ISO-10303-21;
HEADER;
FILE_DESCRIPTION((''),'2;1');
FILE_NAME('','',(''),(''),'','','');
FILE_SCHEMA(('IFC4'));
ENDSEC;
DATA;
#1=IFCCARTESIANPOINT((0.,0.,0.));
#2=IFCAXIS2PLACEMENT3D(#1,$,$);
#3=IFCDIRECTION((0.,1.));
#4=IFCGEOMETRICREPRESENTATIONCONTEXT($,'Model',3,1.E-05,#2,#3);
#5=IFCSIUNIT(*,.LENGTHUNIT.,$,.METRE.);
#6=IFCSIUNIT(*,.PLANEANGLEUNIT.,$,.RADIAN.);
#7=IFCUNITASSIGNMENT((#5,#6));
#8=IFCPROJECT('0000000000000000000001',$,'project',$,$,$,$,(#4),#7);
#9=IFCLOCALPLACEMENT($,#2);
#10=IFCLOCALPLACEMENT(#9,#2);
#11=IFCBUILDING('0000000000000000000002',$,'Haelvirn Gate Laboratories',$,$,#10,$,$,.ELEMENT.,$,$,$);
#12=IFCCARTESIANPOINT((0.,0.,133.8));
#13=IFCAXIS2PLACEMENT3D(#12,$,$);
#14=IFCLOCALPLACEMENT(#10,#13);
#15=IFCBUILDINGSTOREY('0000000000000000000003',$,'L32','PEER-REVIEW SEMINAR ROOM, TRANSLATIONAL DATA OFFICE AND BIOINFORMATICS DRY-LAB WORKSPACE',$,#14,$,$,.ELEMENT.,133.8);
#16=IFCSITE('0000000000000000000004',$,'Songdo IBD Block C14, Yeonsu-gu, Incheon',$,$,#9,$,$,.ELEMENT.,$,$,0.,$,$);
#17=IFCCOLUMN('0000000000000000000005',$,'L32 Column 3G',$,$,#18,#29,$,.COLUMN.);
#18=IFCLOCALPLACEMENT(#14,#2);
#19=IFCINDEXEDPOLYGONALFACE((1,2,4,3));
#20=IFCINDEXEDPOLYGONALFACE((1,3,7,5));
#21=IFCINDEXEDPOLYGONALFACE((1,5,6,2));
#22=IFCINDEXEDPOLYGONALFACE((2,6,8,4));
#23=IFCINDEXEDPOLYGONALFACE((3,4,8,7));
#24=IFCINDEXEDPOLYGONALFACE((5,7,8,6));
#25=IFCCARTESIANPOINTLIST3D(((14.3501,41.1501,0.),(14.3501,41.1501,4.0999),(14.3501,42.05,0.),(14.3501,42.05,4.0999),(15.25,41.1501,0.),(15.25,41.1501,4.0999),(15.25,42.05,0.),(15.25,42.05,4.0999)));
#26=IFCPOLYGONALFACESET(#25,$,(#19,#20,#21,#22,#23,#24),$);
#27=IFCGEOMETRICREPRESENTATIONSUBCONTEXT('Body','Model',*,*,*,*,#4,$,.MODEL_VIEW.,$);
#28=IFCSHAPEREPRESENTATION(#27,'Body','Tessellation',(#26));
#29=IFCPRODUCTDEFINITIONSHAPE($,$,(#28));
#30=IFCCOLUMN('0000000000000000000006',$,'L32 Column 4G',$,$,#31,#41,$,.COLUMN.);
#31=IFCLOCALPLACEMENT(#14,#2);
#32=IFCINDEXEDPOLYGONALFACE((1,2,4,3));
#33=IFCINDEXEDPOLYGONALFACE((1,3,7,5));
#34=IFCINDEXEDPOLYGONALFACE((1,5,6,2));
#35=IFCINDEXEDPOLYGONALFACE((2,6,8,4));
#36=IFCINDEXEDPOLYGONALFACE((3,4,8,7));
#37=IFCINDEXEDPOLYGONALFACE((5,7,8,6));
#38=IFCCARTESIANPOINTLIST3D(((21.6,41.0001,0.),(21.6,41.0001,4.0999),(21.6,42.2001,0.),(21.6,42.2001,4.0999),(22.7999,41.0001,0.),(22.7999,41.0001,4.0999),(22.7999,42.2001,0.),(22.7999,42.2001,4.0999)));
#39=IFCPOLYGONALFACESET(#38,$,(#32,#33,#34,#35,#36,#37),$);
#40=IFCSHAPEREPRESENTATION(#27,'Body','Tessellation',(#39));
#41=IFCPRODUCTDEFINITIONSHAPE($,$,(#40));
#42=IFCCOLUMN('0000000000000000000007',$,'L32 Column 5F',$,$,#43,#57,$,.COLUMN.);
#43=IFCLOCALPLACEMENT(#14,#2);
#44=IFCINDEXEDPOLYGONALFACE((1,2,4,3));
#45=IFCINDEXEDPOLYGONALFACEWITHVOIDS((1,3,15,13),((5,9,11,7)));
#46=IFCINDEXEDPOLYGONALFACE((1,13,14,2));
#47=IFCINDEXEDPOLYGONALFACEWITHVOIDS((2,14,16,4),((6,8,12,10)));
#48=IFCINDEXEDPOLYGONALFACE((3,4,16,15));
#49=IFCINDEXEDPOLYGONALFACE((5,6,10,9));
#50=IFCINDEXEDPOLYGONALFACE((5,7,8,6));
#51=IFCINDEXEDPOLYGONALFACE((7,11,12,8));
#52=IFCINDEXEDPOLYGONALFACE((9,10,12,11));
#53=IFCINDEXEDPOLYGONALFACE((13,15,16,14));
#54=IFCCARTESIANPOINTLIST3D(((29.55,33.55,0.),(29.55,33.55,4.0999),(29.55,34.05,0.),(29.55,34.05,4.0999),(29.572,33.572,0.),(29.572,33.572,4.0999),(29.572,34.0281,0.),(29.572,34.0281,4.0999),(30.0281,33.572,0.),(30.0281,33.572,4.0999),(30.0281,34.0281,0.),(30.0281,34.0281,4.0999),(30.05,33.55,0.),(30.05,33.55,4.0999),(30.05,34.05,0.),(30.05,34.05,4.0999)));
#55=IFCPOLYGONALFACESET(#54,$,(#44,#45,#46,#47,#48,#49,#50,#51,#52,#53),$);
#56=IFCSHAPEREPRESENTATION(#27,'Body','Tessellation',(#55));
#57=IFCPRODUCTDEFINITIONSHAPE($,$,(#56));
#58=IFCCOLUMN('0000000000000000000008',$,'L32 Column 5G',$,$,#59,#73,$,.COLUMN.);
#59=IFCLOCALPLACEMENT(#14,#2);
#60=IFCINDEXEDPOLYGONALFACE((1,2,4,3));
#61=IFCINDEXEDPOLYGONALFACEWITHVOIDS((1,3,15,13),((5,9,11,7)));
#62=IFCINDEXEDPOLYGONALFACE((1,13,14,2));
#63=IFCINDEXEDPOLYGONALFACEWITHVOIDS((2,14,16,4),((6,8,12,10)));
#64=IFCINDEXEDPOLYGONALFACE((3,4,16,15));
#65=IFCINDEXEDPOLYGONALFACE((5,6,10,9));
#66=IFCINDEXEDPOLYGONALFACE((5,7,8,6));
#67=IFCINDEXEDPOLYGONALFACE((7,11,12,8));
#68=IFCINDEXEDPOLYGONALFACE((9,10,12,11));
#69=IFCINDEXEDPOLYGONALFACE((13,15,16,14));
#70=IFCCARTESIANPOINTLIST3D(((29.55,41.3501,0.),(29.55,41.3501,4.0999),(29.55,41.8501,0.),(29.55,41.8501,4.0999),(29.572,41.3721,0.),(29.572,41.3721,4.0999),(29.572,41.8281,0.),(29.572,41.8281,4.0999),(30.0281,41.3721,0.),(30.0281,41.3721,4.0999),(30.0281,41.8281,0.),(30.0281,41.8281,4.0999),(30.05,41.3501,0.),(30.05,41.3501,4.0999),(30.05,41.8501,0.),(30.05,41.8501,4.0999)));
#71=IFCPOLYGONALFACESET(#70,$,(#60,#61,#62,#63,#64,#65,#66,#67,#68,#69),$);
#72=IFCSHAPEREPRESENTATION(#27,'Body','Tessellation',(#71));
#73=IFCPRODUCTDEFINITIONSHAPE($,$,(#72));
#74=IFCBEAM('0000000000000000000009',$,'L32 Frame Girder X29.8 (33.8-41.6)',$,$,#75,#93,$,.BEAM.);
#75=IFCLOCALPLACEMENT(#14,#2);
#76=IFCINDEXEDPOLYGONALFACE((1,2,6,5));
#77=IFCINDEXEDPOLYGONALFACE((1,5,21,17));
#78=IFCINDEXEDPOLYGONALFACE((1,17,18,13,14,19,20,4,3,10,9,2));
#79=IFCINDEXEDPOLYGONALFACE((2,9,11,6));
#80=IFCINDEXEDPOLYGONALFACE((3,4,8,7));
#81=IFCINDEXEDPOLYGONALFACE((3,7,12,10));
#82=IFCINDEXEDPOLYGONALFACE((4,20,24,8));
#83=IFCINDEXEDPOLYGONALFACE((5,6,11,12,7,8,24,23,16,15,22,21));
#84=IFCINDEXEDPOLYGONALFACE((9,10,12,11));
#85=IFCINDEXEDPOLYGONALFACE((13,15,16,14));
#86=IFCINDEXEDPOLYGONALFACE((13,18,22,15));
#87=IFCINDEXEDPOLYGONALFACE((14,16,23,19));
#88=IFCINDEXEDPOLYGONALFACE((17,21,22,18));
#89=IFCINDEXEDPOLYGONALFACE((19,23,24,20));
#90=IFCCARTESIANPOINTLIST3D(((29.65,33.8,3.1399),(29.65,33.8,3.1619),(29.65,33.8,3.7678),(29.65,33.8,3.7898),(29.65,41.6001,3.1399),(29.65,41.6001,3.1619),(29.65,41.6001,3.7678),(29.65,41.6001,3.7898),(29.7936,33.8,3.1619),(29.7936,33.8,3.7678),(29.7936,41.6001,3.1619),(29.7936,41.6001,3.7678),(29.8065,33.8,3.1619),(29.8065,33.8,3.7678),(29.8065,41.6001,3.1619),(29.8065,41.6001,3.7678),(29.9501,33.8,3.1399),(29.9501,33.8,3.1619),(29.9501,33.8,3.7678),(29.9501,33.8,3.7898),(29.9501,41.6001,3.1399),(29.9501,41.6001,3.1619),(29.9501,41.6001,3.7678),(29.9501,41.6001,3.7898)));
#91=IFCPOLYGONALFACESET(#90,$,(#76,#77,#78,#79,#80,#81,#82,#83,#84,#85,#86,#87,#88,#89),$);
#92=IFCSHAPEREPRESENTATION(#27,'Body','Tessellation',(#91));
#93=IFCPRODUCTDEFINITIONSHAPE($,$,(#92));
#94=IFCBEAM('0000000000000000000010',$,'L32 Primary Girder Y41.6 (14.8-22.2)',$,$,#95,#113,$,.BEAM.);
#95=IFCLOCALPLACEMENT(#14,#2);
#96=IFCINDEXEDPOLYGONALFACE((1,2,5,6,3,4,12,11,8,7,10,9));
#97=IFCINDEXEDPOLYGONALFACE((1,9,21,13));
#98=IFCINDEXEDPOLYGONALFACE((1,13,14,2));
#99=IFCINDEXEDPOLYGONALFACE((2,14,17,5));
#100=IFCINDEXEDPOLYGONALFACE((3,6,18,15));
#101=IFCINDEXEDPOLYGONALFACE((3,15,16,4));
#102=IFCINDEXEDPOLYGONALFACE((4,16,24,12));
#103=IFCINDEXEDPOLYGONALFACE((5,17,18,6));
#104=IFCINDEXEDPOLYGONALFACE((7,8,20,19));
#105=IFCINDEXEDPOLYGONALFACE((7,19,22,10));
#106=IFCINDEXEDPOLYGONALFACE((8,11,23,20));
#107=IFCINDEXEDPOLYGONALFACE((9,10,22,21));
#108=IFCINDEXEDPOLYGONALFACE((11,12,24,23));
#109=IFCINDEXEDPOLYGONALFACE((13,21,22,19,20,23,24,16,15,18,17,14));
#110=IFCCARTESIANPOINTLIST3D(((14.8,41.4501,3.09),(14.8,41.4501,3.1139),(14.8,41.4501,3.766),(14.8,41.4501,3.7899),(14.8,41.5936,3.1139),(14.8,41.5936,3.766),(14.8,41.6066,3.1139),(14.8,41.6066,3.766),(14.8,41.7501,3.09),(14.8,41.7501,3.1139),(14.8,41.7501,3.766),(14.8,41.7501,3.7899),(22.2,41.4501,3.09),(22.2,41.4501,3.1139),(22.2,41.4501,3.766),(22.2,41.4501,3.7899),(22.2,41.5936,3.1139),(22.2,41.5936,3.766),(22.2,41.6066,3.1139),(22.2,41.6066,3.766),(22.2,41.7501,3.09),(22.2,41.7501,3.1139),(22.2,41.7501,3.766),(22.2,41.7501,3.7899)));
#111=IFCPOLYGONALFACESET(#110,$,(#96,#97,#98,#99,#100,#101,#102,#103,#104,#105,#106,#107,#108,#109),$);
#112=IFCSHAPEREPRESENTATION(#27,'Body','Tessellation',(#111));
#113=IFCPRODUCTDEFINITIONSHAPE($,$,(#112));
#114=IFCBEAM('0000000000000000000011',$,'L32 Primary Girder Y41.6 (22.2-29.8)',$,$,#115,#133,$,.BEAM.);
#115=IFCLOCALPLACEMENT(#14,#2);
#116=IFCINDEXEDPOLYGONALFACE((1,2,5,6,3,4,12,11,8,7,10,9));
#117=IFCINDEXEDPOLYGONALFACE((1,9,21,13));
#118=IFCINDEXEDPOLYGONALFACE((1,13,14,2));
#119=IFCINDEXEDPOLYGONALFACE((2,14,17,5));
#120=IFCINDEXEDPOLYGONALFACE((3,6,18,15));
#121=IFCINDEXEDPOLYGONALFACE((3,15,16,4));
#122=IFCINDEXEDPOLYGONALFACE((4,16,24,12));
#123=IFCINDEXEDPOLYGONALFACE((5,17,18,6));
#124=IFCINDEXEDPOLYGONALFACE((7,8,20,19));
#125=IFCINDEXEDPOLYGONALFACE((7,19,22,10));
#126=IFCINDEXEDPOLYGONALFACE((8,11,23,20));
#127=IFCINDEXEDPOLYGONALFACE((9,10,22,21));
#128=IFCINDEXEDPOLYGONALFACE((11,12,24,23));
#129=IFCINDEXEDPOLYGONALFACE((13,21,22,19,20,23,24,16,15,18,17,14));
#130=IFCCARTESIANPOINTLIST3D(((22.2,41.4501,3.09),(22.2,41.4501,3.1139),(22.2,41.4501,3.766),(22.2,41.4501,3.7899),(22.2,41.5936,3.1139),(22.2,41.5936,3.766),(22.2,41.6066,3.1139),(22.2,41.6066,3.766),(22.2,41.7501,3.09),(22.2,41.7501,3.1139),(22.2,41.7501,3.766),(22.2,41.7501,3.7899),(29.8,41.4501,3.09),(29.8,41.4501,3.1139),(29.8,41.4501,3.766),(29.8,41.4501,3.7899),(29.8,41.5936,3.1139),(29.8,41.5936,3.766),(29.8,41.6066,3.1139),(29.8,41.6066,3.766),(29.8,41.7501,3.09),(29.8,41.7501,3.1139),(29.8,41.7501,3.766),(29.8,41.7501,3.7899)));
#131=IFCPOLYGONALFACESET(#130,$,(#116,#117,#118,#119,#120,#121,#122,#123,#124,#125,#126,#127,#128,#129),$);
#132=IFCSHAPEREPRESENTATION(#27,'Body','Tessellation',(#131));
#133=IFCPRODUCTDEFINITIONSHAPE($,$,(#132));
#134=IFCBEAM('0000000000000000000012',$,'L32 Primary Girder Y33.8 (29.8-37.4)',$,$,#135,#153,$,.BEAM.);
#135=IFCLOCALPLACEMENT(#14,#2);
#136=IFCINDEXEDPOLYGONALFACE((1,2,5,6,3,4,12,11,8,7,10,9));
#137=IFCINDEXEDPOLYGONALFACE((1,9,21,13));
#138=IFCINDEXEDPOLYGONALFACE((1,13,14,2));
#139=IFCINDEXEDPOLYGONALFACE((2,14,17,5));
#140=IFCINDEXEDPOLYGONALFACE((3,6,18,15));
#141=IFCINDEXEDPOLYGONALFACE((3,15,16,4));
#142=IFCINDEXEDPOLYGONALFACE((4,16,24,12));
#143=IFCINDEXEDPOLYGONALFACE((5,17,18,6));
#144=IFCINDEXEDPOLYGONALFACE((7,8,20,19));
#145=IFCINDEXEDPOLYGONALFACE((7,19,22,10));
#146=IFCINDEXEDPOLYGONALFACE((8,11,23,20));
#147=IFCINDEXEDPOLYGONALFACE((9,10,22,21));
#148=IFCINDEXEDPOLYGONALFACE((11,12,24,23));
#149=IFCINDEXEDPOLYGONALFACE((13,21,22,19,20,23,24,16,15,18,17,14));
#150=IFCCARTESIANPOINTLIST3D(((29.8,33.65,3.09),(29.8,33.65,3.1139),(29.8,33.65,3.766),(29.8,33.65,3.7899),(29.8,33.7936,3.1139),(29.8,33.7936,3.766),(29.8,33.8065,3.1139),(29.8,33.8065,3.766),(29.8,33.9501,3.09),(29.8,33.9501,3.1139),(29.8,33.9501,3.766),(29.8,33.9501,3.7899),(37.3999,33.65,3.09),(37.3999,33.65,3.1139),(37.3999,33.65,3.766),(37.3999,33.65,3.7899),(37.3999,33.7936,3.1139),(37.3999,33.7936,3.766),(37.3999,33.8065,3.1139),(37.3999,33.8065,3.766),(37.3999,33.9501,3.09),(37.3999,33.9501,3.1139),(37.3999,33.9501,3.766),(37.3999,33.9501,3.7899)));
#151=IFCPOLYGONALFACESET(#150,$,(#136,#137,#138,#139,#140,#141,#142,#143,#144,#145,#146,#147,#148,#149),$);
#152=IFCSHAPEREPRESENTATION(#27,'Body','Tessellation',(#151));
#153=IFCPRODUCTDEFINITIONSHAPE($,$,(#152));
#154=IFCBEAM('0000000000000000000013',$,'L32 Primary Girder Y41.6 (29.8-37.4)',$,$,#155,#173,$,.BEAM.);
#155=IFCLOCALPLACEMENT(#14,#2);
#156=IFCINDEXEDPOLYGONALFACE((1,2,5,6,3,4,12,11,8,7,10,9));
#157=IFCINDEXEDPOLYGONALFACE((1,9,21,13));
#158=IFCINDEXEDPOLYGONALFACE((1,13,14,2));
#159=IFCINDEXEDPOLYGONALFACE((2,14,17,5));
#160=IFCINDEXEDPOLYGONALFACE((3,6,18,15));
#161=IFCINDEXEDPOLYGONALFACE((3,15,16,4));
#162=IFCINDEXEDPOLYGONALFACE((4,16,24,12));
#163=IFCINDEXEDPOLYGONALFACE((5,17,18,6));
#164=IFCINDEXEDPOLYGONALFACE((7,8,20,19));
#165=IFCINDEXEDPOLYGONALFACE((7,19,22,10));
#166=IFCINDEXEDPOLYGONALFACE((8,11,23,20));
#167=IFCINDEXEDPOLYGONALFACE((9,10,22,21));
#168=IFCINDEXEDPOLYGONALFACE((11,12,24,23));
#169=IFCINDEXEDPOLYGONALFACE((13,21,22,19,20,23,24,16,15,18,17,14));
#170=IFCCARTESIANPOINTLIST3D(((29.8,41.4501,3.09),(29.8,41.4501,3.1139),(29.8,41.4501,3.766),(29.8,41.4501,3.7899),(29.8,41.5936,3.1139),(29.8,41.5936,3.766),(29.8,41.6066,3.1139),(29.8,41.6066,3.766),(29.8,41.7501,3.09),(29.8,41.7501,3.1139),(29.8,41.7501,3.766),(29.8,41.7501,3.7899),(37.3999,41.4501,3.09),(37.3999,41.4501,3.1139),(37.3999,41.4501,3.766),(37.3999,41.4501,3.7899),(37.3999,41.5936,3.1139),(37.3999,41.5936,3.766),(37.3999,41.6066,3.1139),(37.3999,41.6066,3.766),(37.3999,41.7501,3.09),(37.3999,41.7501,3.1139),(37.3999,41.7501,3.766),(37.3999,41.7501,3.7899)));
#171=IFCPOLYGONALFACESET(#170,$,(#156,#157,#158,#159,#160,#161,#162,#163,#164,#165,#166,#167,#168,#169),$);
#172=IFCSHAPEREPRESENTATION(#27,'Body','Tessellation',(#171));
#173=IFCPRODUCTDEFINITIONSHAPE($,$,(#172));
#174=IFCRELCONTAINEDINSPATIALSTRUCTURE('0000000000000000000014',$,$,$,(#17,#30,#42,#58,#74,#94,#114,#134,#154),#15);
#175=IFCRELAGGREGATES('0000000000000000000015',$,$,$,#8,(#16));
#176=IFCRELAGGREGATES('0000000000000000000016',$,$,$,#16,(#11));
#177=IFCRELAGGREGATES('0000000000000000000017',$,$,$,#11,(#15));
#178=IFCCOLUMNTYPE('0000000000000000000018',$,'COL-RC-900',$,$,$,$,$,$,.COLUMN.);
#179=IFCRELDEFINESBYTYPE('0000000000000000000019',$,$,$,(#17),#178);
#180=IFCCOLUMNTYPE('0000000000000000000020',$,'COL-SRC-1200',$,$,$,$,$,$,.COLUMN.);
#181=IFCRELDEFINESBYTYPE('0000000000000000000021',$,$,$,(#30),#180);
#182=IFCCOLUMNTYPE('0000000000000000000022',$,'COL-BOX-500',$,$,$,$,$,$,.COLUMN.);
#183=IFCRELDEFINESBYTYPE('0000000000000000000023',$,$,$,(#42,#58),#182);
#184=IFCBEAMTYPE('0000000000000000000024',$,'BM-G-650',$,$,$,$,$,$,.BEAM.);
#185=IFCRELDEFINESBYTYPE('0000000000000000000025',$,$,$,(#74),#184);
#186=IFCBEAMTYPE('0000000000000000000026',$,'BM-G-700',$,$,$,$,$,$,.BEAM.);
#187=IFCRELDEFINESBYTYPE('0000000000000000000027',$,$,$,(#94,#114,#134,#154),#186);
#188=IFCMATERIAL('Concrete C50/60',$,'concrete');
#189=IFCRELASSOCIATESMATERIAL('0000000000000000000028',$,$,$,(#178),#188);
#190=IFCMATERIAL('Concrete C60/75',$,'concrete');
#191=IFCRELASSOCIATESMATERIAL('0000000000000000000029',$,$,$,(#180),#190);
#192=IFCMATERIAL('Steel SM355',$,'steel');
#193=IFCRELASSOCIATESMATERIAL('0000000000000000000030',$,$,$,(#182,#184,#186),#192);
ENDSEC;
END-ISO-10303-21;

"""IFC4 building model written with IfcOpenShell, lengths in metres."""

from ifc_helpers import new_model, si_unit, direction, frame, origin, origin_2d, place, context, subcontext, project, spatial, rectangle, hollow_rectangle, i_section, extrude, source, transform, mapped, material, material_profile, profile_set, type_object, type_shapes, element, save


model = new_model("IFC4")

# Units and contexts
model_context = context("Model", 3, precision=1e-05, world=origin(), true_north=direction((0.0, 1.0)))
body_context = subcontext(model_context, "Body", "Model", "MODEL_VIEW")
ifc_project = project(units=[si_unit("LENGTHUNIT", "METRE"), si_unit("PLANEANGLEUNIT", "RADIAN")], contexts=[model_context])

# Site, building, storey
site_placement = place(None, origin())
site = spatial("IfcSite", under=ifc_project, at=site_placement, Name="Songdo IBD Block C14, Yeonsu-gu, Incheon", CompositionType="ELEMENT", RefElevation=0.0)
building_placement = place(site_placement, origin())
building = spatial("IfcBuilding", under=site, at=building_placement, Name="Haelvirn Gate Laboratories", CompositionType="ELEMENT")
storey_placement = place(building_placement, frame((0.0, 0.0, 133.8)))
storey = spatial("IfcBuildingStorey", under=building, at=storey_placement, Name="L32", Description="PEER-REVIEW SEMINAR ROOM, TRANSLATIONAL DATA OFFICE AND BIOINFORMATICS DRY-LAB WORKSPACE", CompositionType="ELEMENT", Elevation=133.8)

# Columns
ifc_material_1 = material(Name="Concrete C50/60", Category="concrete")
ifc_material_profile_1 = material_profile(ifc_material_1, rectangle(XDim=0.8999, YDim=0.8999, at=origin_2d()), Name="RC-900x900")
ifc_profile_set_1 = profile_set([ifc_material_profile_1], Name="Concrete C50/60")
column_type_1 = type_object("IfcColumnType", Name="COL-RC-900", PredefinedType="COLUMN", material=ifc_profile_set_1)
shared_shape_1 = source(origin(), body_context, "Body", "SweptSolid", [
    extrude(rectangle(XDim=0.8999, YDim=0.8999, at=origin_2d()), origin(), (0.0, 0.0, 1.0), 4.0999),
])
type_shapes(column_type_1, [shared_shape_1])
column_1_placement = place(storey_placement, frame((14.8, 41.6001, 0.0), z_axis=(0.0, 0.0, 1.0), x_axis=(1.0, 0.0, 0.0)))
element("IfcColumn", 1, at=column_1_placement, inside=storey, type_object=column_type_1, Name="L32 Column 3G", PredefinedType="COLUMN", context=body_context, shape_type="MappedRepresentation", body=[
    mapped(shared_shape_1, transform((0.0, 0.0, 0.0), scale=1.0)),
])
ifc_material_2 = material(Name="Concrete C60/75", Category="concrete")
ifc_material_profile_2 = material_profile(ifc_material_2, rectangle(XDim=1.2, YDim=1.2, at=origin_2d()), Name="SRC-1200x1200")
ifc_profile_set_2 = profile_set([ifc_material_profile_2], Name="Concrete C60/75")
column_type_2 = type_object("IfcColumnType", Name="COL-SRC-1200", PredefinedType="COLUMN", material=ifc_profile_set_2)
shared_shape_2 = source(origin(), body_context, "Body", "SweptSolid", [
    extrude(rectangle(XDim=1.2, YDim=1.2, at=origin_2d()), origin(), (0.0, 0.0, 1.0), 4.0999),
])
type_shapes(column_type_2, [shared_shape_2])
column_2_placement = place(storey_placement, frame((22.2, 41.6001, 0.0), z_axis=(0.0, 0.0, 1.0), x_axis=(1.0, 0.0, 0.0)))
element("IfcColumn", 2, at=column_2_placement, inside=storey, type_object=column_type_2, Name="L32 Column 4G", PredefinedType="COLUMN", context=body_context, shape_type="MappedRepresentation", body=[
    mapped(shared_shape_2, transform((0.0, 0.0, 0.0), scale=1.0)),
])
ifc_material_3 = material(Name="Steel SM355", Category="steel")
ifc_material_profile_3 = material_profile(ifc_material_3, hollow_rectangle(XDim=0.5, YDim=0.5, WallThickness=0.022, at=origin_2d()), Name="BOX-500x500x22")
ifc_profile_set_3 = profile_set([ifc_material_profile_3], Name="Steel SM355")
column_type_3 = type_object("IfcColumnType", Name="COL-BOX-500", PredefinedType="COLUMN", material=ifc_profile_set_3)
shared_shape_3 = source(origin(), body_context, "Body", "SweptSolid", [
    extrude(hollow_rectangle(XDim=0.5, YDim=0.5, WallThickness=0.022, at=origin_2d()), origin(), (0.0, 0.0, 1.0), 4.0999),
])
type_shapes(column_type_3, [shared_shape_3])
for number, where, z_axis, x_axis, name in (
    (3, (29.8, 33.8, 0.0), (0.0, 0.0, 1.0), (1.0, 0.0, 0.0), "L32 Column 5F"),
    (4, (29.8, 41.6001, 0.0), (0.0, 0.0, 1.0), (1.0, 0.0, 0.0), "L32 Column 5G"),
):
    element("IfcColumn", number, at=place(storey_placement, frame(where, z_axis=z_axis, x_axis=x_axis)), inside=storey, type_object=column_type_3, Name=name, PredefinedType="COLUMN", context=body_context, shape_type="MappedRepresentation", body=[
        mapped(shared_shape_3, transform((0.0, 0.0, 0.0), scale=1.0)),
    ])

# Beams
ifc_material_profile_4 = material_profile(ifc_material_3, i_section(OverallWidth=0.3, OverallDepth=0.6499, WebThickness=0.0129, FlangeThickness=0.022, at=origin_2d()), Name="H-650x300x13x22")
ifc_profile_set_4 = profile_set([ifc_material_profile_4], Name="Steel SM355")
beam_type_1 = type_object("IfcBeamType", Name="BM-G-650", PredefinedType="BEAM", material=ifc_profile_set_4)
shared_shape_4 = source(origin(), body_context, "Body", "SweptSolid", [
    extrude(i_section(OverallWidth=0.3, OverallDepth=0.6499, WebThickness=0.0129, FlangeThickness=0.022, at=origin_2d()), origin(), (0.0, 0.0, 1.0), 7.8),
])
type_shapes(beam_type_1, [shared_shape_4])
beam_1_placement = place(storey_placement, frame((29.8, 33.8, 3.4648), z_axis=(0.0, 1.0, 0.0), x_axis=(-1.0, 0.0, 0.0)))
element("IfcBeam", 5, at=beam_1_placement, inside=storey, type_object=beam_type_1, Name="L32 Frame Girder X29.8 (33.8-41.6)", PredefinedType="BEAM", context=body_context, shape_type="MappedRepresentation", body=[
    mapped(shared_shape_4, transform((0.0, 0.0, 0.0), scale=1.0)),
])
ifc_material_profile_5 = material_profile(ifc_material_3, i_section(OverallWidth=0.3, OverallDepth=0.7, WebThickness=0.0129, FlangeThickness=0.0239, at=origin_2d()), Name="H-700x300x13x24")
ifc_profile_set_5 = profile_set([ifc_material_profile_5], Name="Steel SM355")
beam_type_2 = type_object("IfcBeamType", Name="BM-G-700", PredefinedType="BEAM", material=ifc_profile_set_5)
shared_shape_5 = source(origin(), body_context, "Body", "SweptSolid", [
    extrude(i_section(OverallWidth=0.3, OverallDepth=0.7, WebThickness=0.0129, FlangeThickness=0.0239, at=origin_2d()), origin(), (0.0, 0.0, 1.0), 7.3999),
])
beam_2_placement = place(storey_placement, frame((14.8, 41.6001, 3.4399), z_axis=(1.0, 0.0, 0.0), x_axis=(0.0, 1.0, 0.0)))
element("IfcBeam", 6, at=beam_2_placement, inside=storey, type_object=beam_type_2, Name="L32 Primary Girder Y41.6 (14.8-22.2)", PredefinedType="BEAM", context=body_context, shape_type="MappedRepresentation", body=[
    mapped(shared_shape_5, transform((0.0, 0.0, 0.0), scale=1.0)),
])
shared_shape_6 = source(origin(), body_context, "Body", "SweptSolid", [
    extrude(i_section(OverallWidth=0.3, OverallDepth=0.7, WebThickness=0.0129, FlangeThickness=0.0239, at=origin_2d()), origin(), (0.0, 0.0, 1.0), 7.6001),
])
beam_3_placement = place(storey_placement, frame((22.2, 41.6001, 3.4399), z_axis=(1.0, 0.0, 0.0), x_axis=(0.0, 1.0, 0.0)))
element("IfcBeam", 7, at=beam_3_placement, inside=storey, type_object=beam_type_2, Name="L32 Primary Girder Y41.6 (22.2-29.8)", PredefinedType="BEAM", context=body_context, shape_type="MappedRepresentation", body=[
    mapped(shared_shape_6, transform((0.0, 0.0, 0.0), scale=1.0)),
])
shared_shape_7 = source(origin(), body_context, "Body", "SweptSolid", [
    extrude(i_section(OverallWidth=0.3, OverallDepth=0.7, WebThickness=0.0129, FlangeThickness=0.0239, at=origin_2d()), origin(), (0.0, 0.0, 1.0), 7.5999),
])
type_shapes(beam_type_2, [shared_shape_5, shared_shape_6, shared_shape_7])
for number, where, z_axis, x_axis, name in (
    (8, (29.8, 33.8, 3.4399), (1.0, 0.0, 0.0), (0.0, 1.0, 0.0), "L32 Primary Girder Y33.8 (29.8-37.4)"),
    (9, (29.8, 41.6001, 3.4399), (1.0, 0.0, 0.0), (0.0, 1.0, 0.0), "L32 Primary Girder Y41.6 (29.8-37.4)"),
):
    element("IfcBeam", number, at=place(storey_placement, frame(where, z_axis=z_axis, x_axis=x_axis)), inside=storey, type_object=beam_type_2, Name=name, PredefinedType="BEAM", context=body_context, shape_type="MappedRepresentation", body=[
        mapped(shared_shape_7, transform((0.0, 0.0, 0.0), scale=1.0)),
    ])

save(model, "model.ifc")
